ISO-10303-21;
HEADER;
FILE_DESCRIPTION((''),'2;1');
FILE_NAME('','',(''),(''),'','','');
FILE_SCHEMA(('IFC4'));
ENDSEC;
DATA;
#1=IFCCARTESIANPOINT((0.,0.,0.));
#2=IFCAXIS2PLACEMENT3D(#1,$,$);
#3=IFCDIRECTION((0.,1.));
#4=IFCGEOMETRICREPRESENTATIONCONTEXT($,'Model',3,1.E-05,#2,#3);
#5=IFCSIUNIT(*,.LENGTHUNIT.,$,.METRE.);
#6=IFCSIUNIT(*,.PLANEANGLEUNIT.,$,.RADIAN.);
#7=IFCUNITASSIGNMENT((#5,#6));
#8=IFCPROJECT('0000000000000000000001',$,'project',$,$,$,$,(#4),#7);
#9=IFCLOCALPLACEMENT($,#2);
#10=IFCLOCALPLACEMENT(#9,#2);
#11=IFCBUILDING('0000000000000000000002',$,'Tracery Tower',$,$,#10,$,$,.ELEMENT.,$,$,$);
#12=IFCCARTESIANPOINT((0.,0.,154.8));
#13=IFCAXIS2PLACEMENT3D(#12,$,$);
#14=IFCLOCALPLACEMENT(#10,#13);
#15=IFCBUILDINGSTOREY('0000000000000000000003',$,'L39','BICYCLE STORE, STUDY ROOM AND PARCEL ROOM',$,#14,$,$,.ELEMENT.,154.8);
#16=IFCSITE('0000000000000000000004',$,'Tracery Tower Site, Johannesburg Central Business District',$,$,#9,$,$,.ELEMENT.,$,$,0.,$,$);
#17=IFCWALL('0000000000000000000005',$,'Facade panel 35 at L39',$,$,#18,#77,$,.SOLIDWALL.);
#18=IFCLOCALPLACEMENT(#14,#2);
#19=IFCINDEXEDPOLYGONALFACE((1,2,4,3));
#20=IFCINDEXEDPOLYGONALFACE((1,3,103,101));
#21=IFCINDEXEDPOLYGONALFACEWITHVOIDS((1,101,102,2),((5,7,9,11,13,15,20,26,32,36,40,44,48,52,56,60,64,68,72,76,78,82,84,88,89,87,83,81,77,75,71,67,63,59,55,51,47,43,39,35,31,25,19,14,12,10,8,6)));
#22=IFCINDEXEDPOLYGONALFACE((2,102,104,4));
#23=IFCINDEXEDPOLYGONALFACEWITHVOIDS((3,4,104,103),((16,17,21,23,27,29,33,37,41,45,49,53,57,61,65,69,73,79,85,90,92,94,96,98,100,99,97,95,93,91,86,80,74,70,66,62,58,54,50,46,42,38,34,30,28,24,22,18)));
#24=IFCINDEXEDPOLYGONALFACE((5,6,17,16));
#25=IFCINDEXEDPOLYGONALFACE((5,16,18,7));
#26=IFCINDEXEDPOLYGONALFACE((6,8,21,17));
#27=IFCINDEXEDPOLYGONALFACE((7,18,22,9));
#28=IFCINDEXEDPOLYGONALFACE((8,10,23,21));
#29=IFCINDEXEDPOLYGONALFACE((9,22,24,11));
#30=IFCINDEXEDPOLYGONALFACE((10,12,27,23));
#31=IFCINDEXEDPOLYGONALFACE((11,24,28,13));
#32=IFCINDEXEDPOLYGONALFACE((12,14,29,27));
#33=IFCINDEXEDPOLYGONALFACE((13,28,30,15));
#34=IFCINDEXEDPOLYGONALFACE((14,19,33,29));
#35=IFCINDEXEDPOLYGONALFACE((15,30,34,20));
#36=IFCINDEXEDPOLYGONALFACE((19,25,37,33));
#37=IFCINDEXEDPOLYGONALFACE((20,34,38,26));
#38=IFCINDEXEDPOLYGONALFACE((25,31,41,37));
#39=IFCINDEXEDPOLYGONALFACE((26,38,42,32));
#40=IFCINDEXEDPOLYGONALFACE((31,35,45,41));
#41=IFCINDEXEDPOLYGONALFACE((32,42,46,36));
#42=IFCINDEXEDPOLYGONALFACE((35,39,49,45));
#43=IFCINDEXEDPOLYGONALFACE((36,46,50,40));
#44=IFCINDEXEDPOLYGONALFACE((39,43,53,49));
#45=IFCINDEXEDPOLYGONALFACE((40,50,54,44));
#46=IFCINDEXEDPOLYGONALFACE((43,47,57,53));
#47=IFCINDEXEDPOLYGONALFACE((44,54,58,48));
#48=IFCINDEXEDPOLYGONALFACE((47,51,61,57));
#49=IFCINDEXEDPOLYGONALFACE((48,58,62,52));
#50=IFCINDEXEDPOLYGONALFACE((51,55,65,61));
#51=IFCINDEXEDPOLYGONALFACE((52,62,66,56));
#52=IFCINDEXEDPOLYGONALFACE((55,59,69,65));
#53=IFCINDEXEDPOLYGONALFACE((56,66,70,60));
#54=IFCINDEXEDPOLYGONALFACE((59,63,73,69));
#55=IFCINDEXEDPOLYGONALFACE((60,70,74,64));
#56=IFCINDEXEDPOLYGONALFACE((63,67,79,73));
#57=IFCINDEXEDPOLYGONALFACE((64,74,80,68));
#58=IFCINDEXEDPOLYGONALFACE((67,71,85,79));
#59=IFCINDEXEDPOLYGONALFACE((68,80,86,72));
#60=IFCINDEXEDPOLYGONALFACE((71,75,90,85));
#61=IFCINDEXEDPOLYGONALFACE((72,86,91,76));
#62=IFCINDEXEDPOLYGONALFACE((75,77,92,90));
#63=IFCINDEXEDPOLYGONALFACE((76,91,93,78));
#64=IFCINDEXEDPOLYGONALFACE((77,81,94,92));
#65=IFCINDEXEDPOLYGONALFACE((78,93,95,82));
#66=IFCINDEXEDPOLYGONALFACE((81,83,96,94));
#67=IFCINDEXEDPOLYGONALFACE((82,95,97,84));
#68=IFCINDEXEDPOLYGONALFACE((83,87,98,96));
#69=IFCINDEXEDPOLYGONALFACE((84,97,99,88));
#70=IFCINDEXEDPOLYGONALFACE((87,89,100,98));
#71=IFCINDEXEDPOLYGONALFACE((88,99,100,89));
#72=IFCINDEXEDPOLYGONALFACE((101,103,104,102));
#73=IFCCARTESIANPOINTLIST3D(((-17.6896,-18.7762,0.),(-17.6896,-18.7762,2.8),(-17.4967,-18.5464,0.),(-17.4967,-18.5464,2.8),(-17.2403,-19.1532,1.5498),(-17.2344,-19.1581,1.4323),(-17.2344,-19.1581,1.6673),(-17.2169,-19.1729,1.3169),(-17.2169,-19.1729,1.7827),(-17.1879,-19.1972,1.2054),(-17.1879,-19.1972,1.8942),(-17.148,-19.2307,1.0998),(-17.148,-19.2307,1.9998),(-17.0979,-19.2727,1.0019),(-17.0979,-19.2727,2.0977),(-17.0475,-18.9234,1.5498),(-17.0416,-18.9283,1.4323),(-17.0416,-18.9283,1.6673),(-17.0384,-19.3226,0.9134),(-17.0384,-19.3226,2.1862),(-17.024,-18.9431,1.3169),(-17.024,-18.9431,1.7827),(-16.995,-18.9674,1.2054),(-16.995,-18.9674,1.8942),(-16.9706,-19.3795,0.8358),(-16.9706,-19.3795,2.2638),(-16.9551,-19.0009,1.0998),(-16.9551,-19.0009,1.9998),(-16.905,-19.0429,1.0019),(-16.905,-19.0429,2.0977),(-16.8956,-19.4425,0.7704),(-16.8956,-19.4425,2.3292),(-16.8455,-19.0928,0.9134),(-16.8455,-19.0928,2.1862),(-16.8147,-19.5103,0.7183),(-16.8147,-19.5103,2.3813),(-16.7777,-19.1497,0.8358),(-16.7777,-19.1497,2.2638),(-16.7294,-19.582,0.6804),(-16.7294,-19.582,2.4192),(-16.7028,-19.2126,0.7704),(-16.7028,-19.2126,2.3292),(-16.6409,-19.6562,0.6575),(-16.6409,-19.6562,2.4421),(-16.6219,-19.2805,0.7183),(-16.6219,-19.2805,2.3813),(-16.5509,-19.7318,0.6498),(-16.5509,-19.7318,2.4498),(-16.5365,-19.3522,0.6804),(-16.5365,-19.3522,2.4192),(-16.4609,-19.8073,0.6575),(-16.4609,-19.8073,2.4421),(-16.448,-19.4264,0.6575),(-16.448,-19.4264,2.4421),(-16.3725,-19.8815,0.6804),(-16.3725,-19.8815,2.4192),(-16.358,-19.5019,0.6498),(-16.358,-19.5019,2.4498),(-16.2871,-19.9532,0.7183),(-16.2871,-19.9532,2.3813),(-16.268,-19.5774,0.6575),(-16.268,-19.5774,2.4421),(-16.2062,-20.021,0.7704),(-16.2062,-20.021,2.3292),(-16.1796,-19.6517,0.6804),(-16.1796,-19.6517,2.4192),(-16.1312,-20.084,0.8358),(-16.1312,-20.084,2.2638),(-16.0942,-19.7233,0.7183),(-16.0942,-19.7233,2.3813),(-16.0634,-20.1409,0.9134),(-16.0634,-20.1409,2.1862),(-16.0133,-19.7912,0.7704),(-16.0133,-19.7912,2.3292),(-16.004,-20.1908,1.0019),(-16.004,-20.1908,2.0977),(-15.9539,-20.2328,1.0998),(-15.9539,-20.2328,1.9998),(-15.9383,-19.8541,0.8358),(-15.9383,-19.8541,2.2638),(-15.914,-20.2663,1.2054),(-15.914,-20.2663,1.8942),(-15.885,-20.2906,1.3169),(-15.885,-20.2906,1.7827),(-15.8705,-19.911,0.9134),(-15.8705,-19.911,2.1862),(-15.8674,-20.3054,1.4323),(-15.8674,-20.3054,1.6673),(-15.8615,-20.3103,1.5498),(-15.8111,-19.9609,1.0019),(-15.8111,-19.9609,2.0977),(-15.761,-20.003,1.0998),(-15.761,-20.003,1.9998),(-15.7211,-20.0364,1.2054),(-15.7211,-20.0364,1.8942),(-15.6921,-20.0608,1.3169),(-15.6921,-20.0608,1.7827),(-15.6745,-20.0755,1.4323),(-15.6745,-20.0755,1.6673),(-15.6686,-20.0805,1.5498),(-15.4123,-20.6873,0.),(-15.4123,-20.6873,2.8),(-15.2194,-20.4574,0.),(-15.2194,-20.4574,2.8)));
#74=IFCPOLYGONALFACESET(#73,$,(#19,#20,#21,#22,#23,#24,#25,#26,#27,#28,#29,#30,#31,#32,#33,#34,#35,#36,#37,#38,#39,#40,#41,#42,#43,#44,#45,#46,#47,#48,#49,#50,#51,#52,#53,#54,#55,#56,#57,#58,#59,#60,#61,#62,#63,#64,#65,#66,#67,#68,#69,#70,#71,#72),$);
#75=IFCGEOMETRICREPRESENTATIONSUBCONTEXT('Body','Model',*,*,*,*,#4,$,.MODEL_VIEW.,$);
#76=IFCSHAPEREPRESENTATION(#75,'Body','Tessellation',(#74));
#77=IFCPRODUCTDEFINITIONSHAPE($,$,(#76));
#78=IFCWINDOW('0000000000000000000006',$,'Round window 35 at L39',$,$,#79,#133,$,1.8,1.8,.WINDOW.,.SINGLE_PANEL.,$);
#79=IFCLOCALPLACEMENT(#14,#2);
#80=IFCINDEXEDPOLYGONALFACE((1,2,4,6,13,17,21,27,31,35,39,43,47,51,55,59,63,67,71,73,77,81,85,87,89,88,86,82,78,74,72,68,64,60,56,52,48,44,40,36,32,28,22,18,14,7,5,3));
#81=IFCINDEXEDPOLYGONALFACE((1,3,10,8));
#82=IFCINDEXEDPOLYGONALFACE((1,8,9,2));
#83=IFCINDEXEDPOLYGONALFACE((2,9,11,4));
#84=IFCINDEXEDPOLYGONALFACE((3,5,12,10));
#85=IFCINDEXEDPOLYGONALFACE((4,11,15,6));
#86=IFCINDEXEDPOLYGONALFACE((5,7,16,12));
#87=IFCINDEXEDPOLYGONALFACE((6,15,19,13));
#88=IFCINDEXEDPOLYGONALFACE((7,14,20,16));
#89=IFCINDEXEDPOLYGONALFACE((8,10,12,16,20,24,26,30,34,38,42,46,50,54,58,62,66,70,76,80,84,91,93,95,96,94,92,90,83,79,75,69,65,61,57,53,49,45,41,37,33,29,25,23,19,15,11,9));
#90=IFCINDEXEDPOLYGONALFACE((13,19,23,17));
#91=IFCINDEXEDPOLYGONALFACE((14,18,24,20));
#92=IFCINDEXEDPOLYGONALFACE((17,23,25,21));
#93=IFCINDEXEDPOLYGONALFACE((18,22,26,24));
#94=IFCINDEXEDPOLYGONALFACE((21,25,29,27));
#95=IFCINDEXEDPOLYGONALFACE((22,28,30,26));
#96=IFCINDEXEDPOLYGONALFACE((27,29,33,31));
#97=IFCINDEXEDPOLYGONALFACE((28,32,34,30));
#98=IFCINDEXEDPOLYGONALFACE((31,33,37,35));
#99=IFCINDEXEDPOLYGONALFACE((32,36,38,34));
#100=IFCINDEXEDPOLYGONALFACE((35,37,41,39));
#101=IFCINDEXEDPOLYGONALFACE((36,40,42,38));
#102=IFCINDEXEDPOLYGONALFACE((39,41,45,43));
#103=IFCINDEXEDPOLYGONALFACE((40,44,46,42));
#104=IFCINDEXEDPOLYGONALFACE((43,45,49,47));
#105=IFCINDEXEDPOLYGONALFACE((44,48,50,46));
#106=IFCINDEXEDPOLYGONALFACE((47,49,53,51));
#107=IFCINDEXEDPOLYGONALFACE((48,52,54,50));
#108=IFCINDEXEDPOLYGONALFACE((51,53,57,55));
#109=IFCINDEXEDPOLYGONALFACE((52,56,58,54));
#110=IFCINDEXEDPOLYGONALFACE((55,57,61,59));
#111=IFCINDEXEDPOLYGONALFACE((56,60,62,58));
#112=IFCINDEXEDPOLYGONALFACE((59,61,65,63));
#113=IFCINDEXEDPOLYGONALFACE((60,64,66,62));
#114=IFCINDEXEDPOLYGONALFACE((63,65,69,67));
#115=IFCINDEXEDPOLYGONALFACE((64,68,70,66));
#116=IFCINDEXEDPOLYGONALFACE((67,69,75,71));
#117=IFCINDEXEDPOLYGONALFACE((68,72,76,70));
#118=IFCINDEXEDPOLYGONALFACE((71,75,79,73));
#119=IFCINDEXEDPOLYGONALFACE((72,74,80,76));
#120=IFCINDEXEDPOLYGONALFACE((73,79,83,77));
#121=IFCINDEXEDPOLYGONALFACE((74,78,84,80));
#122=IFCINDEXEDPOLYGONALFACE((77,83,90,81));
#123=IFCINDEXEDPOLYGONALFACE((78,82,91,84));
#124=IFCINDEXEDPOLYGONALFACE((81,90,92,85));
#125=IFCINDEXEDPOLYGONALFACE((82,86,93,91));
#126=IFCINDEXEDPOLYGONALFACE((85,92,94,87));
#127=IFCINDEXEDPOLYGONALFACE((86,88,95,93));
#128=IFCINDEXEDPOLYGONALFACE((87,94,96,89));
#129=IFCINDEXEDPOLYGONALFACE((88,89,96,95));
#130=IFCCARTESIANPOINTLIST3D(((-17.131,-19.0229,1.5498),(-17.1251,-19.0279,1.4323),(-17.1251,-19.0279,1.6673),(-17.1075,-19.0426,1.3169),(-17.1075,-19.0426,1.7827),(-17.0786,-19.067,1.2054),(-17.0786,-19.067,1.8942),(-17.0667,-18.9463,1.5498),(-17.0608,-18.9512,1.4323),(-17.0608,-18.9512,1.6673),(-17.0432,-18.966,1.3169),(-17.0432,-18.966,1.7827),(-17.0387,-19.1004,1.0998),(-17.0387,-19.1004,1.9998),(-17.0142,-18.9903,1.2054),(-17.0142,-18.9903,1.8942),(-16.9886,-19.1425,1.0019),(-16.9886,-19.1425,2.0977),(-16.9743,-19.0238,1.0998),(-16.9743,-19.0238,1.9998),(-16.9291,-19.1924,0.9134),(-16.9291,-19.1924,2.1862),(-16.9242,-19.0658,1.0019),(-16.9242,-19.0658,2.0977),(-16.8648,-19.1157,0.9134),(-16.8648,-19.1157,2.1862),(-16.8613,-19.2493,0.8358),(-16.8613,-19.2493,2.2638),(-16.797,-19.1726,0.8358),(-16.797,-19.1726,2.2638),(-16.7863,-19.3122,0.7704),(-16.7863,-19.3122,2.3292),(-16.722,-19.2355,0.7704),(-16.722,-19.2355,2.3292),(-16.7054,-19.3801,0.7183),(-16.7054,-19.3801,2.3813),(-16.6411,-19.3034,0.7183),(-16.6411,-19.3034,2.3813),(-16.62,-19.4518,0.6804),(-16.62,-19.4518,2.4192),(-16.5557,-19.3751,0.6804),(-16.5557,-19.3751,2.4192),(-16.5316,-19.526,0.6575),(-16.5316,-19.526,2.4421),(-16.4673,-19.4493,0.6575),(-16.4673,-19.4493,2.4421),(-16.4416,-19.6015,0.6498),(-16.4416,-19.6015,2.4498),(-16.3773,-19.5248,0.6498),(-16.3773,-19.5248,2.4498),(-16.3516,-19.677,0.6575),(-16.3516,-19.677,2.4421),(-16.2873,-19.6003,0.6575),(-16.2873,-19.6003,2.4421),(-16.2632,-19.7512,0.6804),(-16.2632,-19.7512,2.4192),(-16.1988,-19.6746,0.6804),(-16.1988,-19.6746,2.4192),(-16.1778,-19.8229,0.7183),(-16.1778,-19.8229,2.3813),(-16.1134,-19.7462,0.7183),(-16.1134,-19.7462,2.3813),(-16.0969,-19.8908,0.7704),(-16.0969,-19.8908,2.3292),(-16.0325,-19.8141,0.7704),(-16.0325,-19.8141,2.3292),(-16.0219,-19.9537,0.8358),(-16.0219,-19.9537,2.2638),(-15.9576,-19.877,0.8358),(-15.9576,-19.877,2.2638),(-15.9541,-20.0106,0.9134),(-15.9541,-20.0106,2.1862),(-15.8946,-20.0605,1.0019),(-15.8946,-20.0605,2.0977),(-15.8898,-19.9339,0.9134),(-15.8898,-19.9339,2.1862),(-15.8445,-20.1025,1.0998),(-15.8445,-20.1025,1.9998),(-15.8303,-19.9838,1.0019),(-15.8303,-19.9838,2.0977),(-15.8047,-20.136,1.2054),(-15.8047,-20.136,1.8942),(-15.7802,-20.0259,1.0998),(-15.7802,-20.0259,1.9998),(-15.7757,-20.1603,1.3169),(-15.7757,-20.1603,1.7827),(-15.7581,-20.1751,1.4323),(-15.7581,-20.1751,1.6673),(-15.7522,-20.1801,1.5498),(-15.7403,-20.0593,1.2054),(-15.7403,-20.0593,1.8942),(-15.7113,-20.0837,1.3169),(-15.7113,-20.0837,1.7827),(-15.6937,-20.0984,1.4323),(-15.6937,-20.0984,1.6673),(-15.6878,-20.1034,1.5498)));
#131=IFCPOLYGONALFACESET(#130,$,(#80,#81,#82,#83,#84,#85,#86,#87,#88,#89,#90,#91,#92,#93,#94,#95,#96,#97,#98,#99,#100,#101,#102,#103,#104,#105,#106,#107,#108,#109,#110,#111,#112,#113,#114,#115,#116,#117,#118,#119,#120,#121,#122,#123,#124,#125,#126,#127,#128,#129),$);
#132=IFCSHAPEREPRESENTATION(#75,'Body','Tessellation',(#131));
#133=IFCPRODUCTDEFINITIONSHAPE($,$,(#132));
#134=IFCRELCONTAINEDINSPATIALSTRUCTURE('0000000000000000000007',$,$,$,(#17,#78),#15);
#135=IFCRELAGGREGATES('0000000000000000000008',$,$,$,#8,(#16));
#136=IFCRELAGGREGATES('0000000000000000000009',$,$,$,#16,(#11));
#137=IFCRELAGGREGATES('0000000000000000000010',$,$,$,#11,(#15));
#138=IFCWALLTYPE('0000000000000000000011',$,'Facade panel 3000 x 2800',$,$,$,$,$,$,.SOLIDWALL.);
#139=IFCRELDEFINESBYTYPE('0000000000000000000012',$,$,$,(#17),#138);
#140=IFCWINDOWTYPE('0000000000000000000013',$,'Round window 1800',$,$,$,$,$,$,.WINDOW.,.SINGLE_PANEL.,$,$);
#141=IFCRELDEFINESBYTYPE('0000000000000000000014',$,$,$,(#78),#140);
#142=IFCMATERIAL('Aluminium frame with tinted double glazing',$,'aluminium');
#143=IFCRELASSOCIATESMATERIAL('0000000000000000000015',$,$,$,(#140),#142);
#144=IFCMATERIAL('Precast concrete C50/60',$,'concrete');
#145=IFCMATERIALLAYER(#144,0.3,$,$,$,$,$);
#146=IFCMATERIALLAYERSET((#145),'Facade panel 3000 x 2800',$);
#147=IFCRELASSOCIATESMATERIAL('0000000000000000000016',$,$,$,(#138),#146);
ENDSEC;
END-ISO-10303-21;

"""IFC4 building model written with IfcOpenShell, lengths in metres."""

from ifc_helpers import new_model, si_unit, direction, frame, frame_2d, origin, origin_2d, place, context, subcontext, project, spatial, rectangle, circle, extrude, material, layer, layer_set, type_object, element, fill, save


model = new_model("IFC4")

# Units and contexts
model_context = context("Model", 3, precision=1e-05, world=origin(), true_north=direction((0.0, 1.0)))
body_context = subcontext(model_context, "Body", "Model", "MODEL_VIEW")
ifc_project = project(units=[si_unit("LENGTHUNIT", "METRE"), si_unit("PLANEANGLEUNIT", "RADIAN")], contexts=[model_context])

# Site, building, storey
site_placement = place(None, origin())
site = spatial("IfcSite", under=ifc_project, at=site_placement, Name="Tracery Tower Site, Johannesburg Central Business District", CompositionType="ELEMENT", RefElevation=0.0)
building_placement = place(site_placement, origin())
building = spatial("IfcBuilding", under=site, at=building_placement, Name="Tracery Tower", CompositionType="ELEMENT")
storey_placement = place(building_placement, frame((0.0, 0.0, 154.8)))
storey = spatial("IfcBuildingStorey", under=building, at=storey_placement, Name="L39", Description="BICYCLE STORE, STUDY ROOM AND PARCEL ROOM", CompositionType="ELEMENT", Elevation=154.8)

# Wall, opening, window
ifc_material_1 = material(Name="Aluminium frame with tinted double glazing", Category="aluminium")
window_type = type_object("IfcWindowType", Name="Round window 1800", PartitioningType="SINGLE_PANEL", PredefinedType="WINDOW", material=ifc_material_1)
ifc_material_2 = material(Name="Precast concrete C50/60", Category="concrete")
ifc_layer_1 = layer(ifc_material_2, 0.3)
ifc_layer_set_1 = layer_set([ifc_layer_1], Name="Facade panel 3000 x 2800")
wall_type_1 = type_object("IfcWallType", Name="Facade panel 3000 x 2800", PredefinedType="SOLIDWALL", material=ifc_layer_set_1)
wall_1_placement = place(storey_placement, frame((-17.593, -18.6614, 0.0), z_axis=(0.0, 0.0, 1.0), x_axis=(0.766009, -0.64283, 0.0)))
wall_1 = element("IfcWall", 1, at=wall_1_placement, inside=storey, type_object=wall_type_1, Name="Facade panel 35 at L39", PredefinedType="SOLIDWALL", context=body_context, shape_type="SweptSolid", body=[
    extrude(rectangle(XDim=2.9729, YDim=0.3, at=frame_2d((1.4863, 0.0))), origin(), (0.0, 0.0, 1.0), 2.8),
])
opening_1_placement = place(wall_1_placement, frame((1.4863, 0.0, 1.5498)))
opening_1 = element("IfcOpeningElement", 2, at=opening_1_placement, cuts=wall_1, PredefinedType="OPENING", context=body_context, shape_type="SweptSolid", body=[
    extrude(circle(Radius=0.9, at=origin_2d()), frame((0.0, 0.1599, 0.0), z_axis=(0.0, -1.0, 0.0), x_axis=(1.0, 0.0, 0.0)), (0.0, 0.0, 1.0), 0.3201),
])
window_1_placement = place(opening_1_placement, origin())
window_1 = element("IfcWindow", 3, at=window_1_placement, inside=storey, type_object=window_type, Name="Round window 35 at L39", OverallHeight=1.8, OverallWidth=1.8, PartitioningType="SINGLE_PANEL", PredefinedType="WINDOW", context=body_context, shape_type="SweptSolid", body=[
    extrude(circle(Radius=0.9, at=origin_2d()), frame((0.0, 0.1201, 0.0), z_axis=(0.0, -1.0, 0.0), x_axis=(1.0, 0.0, 0.0)), (0.0, 0.0, 1.0), 0.1001),
])
fill(opening_1, window_1)

save(model, "model.ifc")
